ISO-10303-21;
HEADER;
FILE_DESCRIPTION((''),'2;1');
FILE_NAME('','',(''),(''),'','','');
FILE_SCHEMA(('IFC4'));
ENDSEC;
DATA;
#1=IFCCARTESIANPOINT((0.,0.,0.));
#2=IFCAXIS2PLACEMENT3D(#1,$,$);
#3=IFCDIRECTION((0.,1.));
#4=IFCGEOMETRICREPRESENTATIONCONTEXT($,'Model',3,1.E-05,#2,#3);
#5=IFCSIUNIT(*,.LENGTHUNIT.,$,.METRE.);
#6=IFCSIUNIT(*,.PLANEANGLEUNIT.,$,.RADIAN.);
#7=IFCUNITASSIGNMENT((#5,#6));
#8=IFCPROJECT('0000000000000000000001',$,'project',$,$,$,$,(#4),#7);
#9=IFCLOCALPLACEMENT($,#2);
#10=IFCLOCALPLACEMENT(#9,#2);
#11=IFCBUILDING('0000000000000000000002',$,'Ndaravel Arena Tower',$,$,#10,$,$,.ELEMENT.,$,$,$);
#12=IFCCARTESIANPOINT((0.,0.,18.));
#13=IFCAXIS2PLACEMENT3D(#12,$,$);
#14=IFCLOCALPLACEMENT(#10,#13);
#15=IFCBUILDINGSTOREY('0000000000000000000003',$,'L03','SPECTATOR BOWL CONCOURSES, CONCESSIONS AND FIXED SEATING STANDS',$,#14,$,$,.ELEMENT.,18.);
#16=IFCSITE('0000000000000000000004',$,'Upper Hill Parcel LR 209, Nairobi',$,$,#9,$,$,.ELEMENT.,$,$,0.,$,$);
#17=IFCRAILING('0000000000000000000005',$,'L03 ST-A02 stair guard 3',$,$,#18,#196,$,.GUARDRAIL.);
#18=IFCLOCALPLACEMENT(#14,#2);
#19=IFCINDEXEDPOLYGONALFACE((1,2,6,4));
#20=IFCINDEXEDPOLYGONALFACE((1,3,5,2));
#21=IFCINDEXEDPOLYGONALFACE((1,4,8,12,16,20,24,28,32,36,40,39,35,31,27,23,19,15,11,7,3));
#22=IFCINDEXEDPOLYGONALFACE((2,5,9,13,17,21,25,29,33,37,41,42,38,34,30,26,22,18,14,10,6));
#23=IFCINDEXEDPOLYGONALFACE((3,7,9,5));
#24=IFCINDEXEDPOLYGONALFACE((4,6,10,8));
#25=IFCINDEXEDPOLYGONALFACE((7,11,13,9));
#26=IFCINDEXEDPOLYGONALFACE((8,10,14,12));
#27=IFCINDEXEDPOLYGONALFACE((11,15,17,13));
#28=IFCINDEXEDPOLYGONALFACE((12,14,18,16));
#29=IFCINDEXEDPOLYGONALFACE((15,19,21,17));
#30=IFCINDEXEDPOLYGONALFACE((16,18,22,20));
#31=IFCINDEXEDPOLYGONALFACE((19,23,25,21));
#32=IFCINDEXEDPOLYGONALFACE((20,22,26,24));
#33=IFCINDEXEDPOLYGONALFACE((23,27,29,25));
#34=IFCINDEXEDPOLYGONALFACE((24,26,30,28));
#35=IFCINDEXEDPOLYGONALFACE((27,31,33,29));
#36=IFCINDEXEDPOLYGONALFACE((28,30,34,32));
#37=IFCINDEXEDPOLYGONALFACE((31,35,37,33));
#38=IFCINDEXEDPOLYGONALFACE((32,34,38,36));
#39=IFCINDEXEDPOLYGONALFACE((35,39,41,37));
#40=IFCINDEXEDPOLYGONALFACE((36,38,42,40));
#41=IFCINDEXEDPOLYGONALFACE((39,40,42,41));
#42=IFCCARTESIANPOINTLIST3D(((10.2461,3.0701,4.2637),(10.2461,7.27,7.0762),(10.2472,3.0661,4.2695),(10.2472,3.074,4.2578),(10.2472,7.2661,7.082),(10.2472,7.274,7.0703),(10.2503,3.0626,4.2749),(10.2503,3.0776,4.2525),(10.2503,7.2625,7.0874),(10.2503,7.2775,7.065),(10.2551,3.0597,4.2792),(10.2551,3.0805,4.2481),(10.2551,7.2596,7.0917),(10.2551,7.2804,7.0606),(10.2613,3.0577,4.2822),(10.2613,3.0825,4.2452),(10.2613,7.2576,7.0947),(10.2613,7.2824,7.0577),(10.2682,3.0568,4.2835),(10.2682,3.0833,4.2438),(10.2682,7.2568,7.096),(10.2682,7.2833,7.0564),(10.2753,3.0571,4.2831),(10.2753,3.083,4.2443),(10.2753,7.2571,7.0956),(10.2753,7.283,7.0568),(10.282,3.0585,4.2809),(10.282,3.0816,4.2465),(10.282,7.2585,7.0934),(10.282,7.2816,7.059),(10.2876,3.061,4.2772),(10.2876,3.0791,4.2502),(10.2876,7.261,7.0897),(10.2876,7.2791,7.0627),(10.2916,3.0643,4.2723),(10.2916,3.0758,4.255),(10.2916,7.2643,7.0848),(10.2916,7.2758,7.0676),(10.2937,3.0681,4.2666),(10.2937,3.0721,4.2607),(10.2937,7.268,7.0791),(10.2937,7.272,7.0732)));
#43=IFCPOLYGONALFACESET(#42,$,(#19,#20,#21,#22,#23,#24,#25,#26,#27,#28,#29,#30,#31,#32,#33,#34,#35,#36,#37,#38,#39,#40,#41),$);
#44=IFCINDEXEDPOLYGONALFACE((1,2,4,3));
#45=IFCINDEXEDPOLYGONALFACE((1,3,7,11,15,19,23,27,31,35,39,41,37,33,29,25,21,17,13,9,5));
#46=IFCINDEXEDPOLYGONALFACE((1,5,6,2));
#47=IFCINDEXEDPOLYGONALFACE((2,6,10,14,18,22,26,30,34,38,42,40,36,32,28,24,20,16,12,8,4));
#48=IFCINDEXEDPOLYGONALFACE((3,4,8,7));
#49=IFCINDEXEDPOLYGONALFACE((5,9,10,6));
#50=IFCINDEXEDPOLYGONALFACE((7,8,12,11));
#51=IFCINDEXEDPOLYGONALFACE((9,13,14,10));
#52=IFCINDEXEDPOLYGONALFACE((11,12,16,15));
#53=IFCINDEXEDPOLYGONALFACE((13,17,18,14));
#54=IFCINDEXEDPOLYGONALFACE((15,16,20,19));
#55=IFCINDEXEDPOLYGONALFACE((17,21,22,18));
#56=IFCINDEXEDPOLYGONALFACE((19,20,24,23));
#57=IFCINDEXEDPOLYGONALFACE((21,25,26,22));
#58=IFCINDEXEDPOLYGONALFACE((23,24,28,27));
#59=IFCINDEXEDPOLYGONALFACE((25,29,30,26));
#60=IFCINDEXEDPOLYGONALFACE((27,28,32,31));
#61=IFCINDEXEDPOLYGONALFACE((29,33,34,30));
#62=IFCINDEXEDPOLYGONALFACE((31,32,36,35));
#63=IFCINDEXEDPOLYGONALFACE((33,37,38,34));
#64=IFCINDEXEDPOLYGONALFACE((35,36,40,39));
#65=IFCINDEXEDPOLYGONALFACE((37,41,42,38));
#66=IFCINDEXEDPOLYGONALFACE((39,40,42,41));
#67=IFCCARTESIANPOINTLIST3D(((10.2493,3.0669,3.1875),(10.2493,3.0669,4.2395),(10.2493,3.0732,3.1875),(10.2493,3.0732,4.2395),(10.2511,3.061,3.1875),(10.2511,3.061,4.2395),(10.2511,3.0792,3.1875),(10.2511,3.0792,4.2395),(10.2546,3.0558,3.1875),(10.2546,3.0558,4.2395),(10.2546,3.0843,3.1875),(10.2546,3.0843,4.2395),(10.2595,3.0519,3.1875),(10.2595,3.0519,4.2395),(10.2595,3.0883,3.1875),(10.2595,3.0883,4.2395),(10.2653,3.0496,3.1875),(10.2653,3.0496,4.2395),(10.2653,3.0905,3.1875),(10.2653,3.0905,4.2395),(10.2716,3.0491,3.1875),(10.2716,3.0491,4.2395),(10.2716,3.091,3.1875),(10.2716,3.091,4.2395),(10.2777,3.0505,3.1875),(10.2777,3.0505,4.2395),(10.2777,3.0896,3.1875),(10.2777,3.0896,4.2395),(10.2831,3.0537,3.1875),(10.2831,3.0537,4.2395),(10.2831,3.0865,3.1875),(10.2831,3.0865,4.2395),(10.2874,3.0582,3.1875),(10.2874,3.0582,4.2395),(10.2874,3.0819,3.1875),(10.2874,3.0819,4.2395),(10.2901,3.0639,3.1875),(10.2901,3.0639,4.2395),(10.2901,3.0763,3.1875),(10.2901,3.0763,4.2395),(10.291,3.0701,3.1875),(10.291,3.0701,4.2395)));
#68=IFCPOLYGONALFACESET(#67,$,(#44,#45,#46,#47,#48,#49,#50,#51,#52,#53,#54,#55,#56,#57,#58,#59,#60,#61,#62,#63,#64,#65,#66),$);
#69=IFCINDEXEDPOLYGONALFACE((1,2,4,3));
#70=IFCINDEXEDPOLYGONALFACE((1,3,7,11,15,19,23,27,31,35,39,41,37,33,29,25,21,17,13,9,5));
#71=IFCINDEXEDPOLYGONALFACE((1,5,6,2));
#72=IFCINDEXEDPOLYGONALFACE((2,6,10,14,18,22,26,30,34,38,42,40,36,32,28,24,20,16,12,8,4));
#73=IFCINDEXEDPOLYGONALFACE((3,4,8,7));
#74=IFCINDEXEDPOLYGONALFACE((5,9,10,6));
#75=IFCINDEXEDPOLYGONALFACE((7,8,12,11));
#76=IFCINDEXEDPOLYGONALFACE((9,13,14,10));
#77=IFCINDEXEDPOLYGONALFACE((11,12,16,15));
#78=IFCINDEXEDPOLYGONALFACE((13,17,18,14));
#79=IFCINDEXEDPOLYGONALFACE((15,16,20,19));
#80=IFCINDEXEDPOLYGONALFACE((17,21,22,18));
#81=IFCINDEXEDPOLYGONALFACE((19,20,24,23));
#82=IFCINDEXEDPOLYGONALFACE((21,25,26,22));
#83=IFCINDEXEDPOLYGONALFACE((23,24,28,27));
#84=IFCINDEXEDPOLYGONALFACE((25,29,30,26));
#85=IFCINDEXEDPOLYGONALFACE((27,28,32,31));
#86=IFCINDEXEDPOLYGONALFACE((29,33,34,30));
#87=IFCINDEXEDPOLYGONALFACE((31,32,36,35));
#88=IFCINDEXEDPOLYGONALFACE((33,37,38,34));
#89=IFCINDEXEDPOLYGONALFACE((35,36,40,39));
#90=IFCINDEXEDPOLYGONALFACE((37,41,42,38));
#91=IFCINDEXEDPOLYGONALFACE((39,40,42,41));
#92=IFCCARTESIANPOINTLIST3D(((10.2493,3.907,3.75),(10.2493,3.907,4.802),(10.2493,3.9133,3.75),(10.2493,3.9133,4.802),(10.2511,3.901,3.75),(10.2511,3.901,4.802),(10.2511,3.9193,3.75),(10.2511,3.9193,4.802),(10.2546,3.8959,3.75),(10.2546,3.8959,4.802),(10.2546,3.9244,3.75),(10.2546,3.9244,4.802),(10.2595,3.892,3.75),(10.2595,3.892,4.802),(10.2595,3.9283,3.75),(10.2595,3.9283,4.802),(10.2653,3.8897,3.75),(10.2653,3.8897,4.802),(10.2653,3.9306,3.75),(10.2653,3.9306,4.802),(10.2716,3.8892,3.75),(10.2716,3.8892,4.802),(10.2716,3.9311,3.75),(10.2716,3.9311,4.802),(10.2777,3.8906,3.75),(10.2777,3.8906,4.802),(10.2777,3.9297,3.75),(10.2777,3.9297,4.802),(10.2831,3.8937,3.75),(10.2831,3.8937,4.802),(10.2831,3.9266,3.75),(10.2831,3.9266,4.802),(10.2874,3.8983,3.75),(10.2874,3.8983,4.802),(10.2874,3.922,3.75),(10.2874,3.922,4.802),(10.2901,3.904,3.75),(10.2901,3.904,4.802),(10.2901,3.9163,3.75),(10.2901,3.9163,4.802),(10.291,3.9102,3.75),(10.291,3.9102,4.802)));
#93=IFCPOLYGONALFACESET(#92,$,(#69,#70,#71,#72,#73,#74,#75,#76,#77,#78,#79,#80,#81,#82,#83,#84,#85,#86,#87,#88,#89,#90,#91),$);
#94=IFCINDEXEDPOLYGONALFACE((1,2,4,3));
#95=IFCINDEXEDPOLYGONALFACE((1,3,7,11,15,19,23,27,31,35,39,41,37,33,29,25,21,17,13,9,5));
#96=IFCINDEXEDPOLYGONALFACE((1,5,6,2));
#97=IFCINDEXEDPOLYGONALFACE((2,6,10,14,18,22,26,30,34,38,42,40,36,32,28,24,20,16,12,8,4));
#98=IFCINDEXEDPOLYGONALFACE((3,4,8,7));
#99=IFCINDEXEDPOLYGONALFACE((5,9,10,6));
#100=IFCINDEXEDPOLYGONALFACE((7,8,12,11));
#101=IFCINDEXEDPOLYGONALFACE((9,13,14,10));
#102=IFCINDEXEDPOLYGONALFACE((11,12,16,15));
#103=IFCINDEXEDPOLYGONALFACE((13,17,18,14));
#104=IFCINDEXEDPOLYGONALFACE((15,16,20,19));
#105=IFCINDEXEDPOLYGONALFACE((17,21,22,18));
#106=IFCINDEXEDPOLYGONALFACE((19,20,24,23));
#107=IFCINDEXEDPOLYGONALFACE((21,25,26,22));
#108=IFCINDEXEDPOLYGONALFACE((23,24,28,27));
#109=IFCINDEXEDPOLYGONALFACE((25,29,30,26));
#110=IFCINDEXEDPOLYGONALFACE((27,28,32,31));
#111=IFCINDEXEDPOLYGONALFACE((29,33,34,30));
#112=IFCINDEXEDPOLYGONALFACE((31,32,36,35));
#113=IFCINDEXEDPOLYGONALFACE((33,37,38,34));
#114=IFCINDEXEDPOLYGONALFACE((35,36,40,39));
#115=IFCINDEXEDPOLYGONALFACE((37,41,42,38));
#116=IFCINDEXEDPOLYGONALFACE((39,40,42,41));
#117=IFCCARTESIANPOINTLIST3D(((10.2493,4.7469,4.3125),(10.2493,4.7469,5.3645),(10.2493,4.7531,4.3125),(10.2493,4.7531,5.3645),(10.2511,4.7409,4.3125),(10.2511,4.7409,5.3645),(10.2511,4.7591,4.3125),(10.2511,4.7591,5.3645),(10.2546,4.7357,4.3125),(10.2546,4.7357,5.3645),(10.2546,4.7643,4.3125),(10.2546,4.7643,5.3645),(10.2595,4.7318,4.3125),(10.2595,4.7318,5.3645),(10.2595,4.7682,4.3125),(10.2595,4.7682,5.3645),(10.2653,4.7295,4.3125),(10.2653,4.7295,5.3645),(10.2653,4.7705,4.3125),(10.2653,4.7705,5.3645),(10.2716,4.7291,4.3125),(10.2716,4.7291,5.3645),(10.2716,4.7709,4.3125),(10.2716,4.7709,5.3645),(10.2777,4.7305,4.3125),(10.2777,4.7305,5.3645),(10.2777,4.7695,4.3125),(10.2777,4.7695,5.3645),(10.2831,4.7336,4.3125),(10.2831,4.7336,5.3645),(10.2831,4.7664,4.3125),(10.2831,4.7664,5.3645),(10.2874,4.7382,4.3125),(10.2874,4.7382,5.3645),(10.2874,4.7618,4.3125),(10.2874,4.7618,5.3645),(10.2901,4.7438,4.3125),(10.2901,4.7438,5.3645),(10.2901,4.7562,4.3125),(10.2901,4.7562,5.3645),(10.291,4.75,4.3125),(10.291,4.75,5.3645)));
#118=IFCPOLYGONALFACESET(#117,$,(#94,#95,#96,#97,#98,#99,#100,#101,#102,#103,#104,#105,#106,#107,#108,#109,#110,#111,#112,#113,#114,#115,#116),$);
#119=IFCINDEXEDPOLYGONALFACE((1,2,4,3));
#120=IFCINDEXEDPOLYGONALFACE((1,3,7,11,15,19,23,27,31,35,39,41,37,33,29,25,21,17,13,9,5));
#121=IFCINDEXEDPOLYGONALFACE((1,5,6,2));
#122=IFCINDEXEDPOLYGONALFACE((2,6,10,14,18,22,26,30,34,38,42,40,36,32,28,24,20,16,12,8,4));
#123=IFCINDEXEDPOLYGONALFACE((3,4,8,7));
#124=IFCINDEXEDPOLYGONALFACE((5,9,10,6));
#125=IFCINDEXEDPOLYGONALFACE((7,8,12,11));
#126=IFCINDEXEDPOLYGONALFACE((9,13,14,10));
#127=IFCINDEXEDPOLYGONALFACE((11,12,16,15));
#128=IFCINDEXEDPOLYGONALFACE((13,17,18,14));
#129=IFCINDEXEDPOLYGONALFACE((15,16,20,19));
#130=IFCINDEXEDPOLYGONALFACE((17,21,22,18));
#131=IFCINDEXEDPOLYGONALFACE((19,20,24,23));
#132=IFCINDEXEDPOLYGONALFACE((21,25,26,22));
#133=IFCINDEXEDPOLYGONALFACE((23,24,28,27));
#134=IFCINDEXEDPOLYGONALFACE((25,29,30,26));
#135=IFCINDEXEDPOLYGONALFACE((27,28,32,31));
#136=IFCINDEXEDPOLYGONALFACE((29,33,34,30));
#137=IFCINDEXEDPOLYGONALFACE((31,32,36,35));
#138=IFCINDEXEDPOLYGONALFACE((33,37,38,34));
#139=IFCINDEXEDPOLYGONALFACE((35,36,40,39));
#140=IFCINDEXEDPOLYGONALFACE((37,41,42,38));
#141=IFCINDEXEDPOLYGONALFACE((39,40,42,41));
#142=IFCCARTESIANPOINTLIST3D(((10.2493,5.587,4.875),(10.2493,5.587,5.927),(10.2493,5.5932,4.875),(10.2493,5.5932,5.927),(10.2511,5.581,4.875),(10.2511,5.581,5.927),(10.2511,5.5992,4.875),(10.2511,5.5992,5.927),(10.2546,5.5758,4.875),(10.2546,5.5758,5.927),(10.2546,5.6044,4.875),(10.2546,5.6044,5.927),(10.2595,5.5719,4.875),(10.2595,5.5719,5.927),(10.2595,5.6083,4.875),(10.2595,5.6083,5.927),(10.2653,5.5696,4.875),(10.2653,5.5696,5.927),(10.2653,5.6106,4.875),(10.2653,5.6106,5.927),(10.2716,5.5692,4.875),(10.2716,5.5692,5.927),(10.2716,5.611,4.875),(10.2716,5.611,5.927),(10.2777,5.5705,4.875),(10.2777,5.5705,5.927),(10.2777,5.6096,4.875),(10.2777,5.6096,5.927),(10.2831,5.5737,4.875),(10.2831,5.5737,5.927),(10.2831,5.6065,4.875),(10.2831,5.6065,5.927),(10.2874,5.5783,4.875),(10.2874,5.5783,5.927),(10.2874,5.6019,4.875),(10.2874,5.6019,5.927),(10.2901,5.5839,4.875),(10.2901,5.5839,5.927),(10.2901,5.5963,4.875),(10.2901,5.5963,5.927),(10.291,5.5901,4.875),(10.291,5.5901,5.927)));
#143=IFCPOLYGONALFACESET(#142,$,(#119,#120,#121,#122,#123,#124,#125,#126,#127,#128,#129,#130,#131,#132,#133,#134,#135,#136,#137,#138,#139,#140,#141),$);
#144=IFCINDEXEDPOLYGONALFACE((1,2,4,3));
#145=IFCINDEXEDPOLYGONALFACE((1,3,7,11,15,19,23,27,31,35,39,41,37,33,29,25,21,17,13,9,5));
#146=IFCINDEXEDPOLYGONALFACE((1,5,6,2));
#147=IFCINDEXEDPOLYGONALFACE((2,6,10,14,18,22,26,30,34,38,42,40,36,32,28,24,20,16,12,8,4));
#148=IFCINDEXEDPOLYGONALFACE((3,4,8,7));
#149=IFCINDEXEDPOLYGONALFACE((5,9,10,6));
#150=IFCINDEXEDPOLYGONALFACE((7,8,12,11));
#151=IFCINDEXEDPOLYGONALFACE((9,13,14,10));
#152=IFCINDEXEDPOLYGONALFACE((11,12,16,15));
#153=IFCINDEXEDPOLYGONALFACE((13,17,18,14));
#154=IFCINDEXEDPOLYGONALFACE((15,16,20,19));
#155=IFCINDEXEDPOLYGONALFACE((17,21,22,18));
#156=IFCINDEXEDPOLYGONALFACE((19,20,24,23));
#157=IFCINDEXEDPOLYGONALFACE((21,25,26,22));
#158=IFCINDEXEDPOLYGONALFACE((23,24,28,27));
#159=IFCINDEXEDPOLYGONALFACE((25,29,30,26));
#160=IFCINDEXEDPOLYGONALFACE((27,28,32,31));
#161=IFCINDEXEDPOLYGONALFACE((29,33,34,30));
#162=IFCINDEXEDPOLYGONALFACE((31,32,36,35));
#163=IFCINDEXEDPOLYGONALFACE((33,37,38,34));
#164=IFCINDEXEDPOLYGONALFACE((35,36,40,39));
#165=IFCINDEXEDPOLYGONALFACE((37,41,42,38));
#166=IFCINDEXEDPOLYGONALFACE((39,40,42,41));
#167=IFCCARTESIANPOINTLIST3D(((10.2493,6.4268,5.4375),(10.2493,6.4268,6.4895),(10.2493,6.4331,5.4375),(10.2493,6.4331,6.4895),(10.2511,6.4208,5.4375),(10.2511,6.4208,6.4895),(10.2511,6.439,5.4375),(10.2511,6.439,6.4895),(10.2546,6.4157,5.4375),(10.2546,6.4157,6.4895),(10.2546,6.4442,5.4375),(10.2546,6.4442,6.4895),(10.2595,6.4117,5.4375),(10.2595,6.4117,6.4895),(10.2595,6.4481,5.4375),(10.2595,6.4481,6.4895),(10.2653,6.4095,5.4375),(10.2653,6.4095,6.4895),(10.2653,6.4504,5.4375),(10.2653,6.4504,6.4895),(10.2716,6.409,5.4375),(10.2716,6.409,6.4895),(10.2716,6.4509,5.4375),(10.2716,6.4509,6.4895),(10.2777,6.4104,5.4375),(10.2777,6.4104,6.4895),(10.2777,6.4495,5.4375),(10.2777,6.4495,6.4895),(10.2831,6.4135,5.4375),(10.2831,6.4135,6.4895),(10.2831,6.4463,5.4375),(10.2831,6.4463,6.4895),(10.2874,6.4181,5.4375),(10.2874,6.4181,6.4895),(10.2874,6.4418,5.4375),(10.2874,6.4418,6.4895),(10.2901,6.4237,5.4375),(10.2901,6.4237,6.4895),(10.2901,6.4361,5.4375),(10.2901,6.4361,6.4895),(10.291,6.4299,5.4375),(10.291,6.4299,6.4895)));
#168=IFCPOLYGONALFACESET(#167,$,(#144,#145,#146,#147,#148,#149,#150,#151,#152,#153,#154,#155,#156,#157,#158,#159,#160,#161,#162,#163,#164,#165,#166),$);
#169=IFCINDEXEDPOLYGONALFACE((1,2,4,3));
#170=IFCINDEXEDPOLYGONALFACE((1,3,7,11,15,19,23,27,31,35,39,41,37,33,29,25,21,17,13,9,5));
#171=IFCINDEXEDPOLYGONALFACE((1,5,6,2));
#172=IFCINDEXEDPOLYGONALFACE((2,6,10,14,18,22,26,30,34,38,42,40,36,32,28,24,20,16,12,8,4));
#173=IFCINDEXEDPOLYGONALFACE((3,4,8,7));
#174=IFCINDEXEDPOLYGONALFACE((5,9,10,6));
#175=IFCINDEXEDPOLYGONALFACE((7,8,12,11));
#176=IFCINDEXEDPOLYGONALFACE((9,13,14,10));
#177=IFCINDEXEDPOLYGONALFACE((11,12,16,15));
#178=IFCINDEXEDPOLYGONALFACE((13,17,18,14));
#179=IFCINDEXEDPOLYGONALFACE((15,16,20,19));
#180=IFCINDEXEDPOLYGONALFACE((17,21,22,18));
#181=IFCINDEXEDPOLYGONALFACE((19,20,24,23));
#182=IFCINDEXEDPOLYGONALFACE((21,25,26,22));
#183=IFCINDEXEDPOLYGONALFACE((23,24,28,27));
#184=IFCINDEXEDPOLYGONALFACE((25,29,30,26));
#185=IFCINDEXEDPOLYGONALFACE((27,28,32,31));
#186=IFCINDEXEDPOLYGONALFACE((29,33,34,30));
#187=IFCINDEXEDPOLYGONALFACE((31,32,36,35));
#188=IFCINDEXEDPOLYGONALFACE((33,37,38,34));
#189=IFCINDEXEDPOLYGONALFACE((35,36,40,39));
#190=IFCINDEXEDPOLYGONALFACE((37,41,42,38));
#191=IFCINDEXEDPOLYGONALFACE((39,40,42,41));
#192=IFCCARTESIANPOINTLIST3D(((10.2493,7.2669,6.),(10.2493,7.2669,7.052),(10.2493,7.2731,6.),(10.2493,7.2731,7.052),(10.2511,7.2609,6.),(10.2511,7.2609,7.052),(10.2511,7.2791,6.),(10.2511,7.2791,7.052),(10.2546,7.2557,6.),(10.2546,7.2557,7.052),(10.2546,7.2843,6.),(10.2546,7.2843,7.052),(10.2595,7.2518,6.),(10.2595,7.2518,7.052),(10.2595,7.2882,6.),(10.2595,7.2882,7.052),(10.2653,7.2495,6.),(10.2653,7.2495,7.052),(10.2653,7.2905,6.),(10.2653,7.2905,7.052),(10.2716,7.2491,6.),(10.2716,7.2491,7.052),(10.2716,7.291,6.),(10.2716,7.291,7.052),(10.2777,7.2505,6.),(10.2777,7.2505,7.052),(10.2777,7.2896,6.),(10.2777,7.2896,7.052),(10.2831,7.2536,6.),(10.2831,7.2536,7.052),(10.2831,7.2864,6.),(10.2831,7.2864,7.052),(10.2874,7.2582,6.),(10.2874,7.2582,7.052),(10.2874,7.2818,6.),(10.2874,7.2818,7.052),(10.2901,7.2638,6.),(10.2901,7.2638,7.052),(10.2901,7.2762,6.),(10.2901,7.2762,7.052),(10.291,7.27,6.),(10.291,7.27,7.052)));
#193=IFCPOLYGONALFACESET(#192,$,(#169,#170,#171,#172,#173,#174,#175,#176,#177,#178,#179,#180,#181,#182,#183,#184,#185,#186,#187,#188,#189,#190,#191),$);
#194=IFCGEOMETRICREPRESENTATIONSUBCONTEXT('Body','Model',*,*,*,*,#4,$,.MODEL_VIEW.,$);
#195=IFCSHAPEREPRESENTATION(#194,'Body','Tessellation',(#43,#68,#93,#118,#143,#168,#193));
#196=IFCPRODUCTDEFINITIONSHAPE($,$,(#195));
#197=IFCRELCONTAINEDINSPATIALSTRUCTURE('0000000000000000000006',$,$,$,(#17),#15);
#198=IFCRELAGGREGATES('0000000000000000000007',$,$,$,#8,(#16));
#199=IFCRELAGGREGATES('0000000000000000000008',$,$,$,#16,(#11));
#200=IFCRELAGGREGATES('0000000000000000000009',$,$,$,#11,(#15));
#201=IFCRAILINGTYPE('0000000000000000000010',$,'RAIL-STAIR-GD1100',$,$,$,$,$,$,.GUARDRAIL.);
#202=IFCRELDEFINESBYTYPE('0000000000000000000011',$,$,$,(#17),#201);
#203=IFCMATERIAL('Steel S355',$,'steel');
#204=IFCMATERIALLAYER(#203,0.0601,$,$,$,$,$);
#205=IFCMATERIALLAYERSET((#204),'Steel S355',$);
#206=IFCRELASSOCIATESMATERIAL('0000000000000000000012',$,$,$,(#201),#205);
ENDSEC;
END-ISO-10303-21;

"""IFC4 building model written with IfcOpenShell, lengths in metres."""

from ifc_helpers import new_model, si_unit, direction, frame, origin, origin_2d, place, context, subcontext, project, spatial, circle, extrude, material, layer, layer_set, type_object, element, save


model = new_model("IFC4")

# Units and contexts
model_context = context("Model", 3, precision=1e-05, world=origin(), true_north=direction((0.0, 1.0)))
body_context = subcontext(model_context, "Body", "Model", "MODEL_VIEW")
ifc_project = project(units=[si_unit("LENGTHUNIT", "METRE"), si_unit("PLANEANGLEUNIT", "RADIAN")], contexts=[model_context])

# Site, building, storey
site_placement = place(None, origin())
site = spatial("IfcSite", under=ifc_project, at=site_placement, Name="Upper Hill Parcel LR 209, Nairobi", CompositionType="ELEMENT", RefElevation=0.0)
building_placement = place(site_placement, origin())
building = spatial("IfcBuilding", under=site, at=building_placement, Name="Ndaravel Arena Tower", CompositionType="ELEMENT")
storey_placement = place(building_placement, frame((0.0, 0.0, 18.0)))
storey = spatial("IfcBuildingStorey", under=building, at=storey_placement, Name="L03", Description="SPECTATOR BOWL CONCOURSES, CONCESSIONS AND FIXED SEATING STANDS", CompositionType="ELEMENT", Elevation=18.0)

# Railing
ifc_material_1 = material(Name="Steel S355", Category="steel")
ifc_layer_1 = layer(ifc_material_1, 0.0601)
ifc_layer_set_1 = layer_set([ifc_layer_1], Name="Steel S355")
railing_type_1 = type_object("IfcRailingType", Name="RAIL-STAIR-GD1100", PredefinedType="GUARDRAIL", material=ifc_layer_set_1)
railing_1_placement = place(storey_placement, frame((10.27, 3.0701, 3.1875)))
element("IfcRailing", 1, at=railing_1_placement, inside=storey, type_object=railing_type_1, Name="L03 ST-A02 stair guard 3", PredefinedType="GUARDRAIL", context=body_context, shape_type="SweptSolid", body=[
    extrude(circle(Radius=0.0239, at=origin_2d()), frame((0.0, 0.0, 1.0762), z_axis=(0.0, 0.830904, 0.556416), x_axis=(-1.0, 0.0, 0.0)), (0.0, 0.0, 1.0), 5.0547),
    extrude(circle(Radius=0.021, at=origin_2d()), origin(), (0.0, 0.0, 1.0), 1.052),
    extrude(circle(Radius=0.021, at=origin_2d()), frame((0.0, 0.8401, 0.5625)), (0.0, 0.0, 1.0), 1.052),
    extrude(circle(Radius=0.021, at=origin_2d()), frame((0.0, 1.6799, 1.125)), (0.0, 0.0, 1.0), 1.052),
    extrude(circle(Radius=0.021, at=origin_2d()), frame((0.0, 2.52, 1.6875)), (0.0, 0.0, 1.0), 1.052),
    extrude(circle(Radius=0.021, at=origin_2d()), frame((0.0, 3.3599, 2.25)), (0.0, 0.0, 1.0), 1.052),
    extrude(circle(Radius=0.021, at=origin_2d()), frame((0.0, 4.2, 2.8125)), (0.0, 0.0, 1.0), 1.052),
])

save(model, "model.ifc")
